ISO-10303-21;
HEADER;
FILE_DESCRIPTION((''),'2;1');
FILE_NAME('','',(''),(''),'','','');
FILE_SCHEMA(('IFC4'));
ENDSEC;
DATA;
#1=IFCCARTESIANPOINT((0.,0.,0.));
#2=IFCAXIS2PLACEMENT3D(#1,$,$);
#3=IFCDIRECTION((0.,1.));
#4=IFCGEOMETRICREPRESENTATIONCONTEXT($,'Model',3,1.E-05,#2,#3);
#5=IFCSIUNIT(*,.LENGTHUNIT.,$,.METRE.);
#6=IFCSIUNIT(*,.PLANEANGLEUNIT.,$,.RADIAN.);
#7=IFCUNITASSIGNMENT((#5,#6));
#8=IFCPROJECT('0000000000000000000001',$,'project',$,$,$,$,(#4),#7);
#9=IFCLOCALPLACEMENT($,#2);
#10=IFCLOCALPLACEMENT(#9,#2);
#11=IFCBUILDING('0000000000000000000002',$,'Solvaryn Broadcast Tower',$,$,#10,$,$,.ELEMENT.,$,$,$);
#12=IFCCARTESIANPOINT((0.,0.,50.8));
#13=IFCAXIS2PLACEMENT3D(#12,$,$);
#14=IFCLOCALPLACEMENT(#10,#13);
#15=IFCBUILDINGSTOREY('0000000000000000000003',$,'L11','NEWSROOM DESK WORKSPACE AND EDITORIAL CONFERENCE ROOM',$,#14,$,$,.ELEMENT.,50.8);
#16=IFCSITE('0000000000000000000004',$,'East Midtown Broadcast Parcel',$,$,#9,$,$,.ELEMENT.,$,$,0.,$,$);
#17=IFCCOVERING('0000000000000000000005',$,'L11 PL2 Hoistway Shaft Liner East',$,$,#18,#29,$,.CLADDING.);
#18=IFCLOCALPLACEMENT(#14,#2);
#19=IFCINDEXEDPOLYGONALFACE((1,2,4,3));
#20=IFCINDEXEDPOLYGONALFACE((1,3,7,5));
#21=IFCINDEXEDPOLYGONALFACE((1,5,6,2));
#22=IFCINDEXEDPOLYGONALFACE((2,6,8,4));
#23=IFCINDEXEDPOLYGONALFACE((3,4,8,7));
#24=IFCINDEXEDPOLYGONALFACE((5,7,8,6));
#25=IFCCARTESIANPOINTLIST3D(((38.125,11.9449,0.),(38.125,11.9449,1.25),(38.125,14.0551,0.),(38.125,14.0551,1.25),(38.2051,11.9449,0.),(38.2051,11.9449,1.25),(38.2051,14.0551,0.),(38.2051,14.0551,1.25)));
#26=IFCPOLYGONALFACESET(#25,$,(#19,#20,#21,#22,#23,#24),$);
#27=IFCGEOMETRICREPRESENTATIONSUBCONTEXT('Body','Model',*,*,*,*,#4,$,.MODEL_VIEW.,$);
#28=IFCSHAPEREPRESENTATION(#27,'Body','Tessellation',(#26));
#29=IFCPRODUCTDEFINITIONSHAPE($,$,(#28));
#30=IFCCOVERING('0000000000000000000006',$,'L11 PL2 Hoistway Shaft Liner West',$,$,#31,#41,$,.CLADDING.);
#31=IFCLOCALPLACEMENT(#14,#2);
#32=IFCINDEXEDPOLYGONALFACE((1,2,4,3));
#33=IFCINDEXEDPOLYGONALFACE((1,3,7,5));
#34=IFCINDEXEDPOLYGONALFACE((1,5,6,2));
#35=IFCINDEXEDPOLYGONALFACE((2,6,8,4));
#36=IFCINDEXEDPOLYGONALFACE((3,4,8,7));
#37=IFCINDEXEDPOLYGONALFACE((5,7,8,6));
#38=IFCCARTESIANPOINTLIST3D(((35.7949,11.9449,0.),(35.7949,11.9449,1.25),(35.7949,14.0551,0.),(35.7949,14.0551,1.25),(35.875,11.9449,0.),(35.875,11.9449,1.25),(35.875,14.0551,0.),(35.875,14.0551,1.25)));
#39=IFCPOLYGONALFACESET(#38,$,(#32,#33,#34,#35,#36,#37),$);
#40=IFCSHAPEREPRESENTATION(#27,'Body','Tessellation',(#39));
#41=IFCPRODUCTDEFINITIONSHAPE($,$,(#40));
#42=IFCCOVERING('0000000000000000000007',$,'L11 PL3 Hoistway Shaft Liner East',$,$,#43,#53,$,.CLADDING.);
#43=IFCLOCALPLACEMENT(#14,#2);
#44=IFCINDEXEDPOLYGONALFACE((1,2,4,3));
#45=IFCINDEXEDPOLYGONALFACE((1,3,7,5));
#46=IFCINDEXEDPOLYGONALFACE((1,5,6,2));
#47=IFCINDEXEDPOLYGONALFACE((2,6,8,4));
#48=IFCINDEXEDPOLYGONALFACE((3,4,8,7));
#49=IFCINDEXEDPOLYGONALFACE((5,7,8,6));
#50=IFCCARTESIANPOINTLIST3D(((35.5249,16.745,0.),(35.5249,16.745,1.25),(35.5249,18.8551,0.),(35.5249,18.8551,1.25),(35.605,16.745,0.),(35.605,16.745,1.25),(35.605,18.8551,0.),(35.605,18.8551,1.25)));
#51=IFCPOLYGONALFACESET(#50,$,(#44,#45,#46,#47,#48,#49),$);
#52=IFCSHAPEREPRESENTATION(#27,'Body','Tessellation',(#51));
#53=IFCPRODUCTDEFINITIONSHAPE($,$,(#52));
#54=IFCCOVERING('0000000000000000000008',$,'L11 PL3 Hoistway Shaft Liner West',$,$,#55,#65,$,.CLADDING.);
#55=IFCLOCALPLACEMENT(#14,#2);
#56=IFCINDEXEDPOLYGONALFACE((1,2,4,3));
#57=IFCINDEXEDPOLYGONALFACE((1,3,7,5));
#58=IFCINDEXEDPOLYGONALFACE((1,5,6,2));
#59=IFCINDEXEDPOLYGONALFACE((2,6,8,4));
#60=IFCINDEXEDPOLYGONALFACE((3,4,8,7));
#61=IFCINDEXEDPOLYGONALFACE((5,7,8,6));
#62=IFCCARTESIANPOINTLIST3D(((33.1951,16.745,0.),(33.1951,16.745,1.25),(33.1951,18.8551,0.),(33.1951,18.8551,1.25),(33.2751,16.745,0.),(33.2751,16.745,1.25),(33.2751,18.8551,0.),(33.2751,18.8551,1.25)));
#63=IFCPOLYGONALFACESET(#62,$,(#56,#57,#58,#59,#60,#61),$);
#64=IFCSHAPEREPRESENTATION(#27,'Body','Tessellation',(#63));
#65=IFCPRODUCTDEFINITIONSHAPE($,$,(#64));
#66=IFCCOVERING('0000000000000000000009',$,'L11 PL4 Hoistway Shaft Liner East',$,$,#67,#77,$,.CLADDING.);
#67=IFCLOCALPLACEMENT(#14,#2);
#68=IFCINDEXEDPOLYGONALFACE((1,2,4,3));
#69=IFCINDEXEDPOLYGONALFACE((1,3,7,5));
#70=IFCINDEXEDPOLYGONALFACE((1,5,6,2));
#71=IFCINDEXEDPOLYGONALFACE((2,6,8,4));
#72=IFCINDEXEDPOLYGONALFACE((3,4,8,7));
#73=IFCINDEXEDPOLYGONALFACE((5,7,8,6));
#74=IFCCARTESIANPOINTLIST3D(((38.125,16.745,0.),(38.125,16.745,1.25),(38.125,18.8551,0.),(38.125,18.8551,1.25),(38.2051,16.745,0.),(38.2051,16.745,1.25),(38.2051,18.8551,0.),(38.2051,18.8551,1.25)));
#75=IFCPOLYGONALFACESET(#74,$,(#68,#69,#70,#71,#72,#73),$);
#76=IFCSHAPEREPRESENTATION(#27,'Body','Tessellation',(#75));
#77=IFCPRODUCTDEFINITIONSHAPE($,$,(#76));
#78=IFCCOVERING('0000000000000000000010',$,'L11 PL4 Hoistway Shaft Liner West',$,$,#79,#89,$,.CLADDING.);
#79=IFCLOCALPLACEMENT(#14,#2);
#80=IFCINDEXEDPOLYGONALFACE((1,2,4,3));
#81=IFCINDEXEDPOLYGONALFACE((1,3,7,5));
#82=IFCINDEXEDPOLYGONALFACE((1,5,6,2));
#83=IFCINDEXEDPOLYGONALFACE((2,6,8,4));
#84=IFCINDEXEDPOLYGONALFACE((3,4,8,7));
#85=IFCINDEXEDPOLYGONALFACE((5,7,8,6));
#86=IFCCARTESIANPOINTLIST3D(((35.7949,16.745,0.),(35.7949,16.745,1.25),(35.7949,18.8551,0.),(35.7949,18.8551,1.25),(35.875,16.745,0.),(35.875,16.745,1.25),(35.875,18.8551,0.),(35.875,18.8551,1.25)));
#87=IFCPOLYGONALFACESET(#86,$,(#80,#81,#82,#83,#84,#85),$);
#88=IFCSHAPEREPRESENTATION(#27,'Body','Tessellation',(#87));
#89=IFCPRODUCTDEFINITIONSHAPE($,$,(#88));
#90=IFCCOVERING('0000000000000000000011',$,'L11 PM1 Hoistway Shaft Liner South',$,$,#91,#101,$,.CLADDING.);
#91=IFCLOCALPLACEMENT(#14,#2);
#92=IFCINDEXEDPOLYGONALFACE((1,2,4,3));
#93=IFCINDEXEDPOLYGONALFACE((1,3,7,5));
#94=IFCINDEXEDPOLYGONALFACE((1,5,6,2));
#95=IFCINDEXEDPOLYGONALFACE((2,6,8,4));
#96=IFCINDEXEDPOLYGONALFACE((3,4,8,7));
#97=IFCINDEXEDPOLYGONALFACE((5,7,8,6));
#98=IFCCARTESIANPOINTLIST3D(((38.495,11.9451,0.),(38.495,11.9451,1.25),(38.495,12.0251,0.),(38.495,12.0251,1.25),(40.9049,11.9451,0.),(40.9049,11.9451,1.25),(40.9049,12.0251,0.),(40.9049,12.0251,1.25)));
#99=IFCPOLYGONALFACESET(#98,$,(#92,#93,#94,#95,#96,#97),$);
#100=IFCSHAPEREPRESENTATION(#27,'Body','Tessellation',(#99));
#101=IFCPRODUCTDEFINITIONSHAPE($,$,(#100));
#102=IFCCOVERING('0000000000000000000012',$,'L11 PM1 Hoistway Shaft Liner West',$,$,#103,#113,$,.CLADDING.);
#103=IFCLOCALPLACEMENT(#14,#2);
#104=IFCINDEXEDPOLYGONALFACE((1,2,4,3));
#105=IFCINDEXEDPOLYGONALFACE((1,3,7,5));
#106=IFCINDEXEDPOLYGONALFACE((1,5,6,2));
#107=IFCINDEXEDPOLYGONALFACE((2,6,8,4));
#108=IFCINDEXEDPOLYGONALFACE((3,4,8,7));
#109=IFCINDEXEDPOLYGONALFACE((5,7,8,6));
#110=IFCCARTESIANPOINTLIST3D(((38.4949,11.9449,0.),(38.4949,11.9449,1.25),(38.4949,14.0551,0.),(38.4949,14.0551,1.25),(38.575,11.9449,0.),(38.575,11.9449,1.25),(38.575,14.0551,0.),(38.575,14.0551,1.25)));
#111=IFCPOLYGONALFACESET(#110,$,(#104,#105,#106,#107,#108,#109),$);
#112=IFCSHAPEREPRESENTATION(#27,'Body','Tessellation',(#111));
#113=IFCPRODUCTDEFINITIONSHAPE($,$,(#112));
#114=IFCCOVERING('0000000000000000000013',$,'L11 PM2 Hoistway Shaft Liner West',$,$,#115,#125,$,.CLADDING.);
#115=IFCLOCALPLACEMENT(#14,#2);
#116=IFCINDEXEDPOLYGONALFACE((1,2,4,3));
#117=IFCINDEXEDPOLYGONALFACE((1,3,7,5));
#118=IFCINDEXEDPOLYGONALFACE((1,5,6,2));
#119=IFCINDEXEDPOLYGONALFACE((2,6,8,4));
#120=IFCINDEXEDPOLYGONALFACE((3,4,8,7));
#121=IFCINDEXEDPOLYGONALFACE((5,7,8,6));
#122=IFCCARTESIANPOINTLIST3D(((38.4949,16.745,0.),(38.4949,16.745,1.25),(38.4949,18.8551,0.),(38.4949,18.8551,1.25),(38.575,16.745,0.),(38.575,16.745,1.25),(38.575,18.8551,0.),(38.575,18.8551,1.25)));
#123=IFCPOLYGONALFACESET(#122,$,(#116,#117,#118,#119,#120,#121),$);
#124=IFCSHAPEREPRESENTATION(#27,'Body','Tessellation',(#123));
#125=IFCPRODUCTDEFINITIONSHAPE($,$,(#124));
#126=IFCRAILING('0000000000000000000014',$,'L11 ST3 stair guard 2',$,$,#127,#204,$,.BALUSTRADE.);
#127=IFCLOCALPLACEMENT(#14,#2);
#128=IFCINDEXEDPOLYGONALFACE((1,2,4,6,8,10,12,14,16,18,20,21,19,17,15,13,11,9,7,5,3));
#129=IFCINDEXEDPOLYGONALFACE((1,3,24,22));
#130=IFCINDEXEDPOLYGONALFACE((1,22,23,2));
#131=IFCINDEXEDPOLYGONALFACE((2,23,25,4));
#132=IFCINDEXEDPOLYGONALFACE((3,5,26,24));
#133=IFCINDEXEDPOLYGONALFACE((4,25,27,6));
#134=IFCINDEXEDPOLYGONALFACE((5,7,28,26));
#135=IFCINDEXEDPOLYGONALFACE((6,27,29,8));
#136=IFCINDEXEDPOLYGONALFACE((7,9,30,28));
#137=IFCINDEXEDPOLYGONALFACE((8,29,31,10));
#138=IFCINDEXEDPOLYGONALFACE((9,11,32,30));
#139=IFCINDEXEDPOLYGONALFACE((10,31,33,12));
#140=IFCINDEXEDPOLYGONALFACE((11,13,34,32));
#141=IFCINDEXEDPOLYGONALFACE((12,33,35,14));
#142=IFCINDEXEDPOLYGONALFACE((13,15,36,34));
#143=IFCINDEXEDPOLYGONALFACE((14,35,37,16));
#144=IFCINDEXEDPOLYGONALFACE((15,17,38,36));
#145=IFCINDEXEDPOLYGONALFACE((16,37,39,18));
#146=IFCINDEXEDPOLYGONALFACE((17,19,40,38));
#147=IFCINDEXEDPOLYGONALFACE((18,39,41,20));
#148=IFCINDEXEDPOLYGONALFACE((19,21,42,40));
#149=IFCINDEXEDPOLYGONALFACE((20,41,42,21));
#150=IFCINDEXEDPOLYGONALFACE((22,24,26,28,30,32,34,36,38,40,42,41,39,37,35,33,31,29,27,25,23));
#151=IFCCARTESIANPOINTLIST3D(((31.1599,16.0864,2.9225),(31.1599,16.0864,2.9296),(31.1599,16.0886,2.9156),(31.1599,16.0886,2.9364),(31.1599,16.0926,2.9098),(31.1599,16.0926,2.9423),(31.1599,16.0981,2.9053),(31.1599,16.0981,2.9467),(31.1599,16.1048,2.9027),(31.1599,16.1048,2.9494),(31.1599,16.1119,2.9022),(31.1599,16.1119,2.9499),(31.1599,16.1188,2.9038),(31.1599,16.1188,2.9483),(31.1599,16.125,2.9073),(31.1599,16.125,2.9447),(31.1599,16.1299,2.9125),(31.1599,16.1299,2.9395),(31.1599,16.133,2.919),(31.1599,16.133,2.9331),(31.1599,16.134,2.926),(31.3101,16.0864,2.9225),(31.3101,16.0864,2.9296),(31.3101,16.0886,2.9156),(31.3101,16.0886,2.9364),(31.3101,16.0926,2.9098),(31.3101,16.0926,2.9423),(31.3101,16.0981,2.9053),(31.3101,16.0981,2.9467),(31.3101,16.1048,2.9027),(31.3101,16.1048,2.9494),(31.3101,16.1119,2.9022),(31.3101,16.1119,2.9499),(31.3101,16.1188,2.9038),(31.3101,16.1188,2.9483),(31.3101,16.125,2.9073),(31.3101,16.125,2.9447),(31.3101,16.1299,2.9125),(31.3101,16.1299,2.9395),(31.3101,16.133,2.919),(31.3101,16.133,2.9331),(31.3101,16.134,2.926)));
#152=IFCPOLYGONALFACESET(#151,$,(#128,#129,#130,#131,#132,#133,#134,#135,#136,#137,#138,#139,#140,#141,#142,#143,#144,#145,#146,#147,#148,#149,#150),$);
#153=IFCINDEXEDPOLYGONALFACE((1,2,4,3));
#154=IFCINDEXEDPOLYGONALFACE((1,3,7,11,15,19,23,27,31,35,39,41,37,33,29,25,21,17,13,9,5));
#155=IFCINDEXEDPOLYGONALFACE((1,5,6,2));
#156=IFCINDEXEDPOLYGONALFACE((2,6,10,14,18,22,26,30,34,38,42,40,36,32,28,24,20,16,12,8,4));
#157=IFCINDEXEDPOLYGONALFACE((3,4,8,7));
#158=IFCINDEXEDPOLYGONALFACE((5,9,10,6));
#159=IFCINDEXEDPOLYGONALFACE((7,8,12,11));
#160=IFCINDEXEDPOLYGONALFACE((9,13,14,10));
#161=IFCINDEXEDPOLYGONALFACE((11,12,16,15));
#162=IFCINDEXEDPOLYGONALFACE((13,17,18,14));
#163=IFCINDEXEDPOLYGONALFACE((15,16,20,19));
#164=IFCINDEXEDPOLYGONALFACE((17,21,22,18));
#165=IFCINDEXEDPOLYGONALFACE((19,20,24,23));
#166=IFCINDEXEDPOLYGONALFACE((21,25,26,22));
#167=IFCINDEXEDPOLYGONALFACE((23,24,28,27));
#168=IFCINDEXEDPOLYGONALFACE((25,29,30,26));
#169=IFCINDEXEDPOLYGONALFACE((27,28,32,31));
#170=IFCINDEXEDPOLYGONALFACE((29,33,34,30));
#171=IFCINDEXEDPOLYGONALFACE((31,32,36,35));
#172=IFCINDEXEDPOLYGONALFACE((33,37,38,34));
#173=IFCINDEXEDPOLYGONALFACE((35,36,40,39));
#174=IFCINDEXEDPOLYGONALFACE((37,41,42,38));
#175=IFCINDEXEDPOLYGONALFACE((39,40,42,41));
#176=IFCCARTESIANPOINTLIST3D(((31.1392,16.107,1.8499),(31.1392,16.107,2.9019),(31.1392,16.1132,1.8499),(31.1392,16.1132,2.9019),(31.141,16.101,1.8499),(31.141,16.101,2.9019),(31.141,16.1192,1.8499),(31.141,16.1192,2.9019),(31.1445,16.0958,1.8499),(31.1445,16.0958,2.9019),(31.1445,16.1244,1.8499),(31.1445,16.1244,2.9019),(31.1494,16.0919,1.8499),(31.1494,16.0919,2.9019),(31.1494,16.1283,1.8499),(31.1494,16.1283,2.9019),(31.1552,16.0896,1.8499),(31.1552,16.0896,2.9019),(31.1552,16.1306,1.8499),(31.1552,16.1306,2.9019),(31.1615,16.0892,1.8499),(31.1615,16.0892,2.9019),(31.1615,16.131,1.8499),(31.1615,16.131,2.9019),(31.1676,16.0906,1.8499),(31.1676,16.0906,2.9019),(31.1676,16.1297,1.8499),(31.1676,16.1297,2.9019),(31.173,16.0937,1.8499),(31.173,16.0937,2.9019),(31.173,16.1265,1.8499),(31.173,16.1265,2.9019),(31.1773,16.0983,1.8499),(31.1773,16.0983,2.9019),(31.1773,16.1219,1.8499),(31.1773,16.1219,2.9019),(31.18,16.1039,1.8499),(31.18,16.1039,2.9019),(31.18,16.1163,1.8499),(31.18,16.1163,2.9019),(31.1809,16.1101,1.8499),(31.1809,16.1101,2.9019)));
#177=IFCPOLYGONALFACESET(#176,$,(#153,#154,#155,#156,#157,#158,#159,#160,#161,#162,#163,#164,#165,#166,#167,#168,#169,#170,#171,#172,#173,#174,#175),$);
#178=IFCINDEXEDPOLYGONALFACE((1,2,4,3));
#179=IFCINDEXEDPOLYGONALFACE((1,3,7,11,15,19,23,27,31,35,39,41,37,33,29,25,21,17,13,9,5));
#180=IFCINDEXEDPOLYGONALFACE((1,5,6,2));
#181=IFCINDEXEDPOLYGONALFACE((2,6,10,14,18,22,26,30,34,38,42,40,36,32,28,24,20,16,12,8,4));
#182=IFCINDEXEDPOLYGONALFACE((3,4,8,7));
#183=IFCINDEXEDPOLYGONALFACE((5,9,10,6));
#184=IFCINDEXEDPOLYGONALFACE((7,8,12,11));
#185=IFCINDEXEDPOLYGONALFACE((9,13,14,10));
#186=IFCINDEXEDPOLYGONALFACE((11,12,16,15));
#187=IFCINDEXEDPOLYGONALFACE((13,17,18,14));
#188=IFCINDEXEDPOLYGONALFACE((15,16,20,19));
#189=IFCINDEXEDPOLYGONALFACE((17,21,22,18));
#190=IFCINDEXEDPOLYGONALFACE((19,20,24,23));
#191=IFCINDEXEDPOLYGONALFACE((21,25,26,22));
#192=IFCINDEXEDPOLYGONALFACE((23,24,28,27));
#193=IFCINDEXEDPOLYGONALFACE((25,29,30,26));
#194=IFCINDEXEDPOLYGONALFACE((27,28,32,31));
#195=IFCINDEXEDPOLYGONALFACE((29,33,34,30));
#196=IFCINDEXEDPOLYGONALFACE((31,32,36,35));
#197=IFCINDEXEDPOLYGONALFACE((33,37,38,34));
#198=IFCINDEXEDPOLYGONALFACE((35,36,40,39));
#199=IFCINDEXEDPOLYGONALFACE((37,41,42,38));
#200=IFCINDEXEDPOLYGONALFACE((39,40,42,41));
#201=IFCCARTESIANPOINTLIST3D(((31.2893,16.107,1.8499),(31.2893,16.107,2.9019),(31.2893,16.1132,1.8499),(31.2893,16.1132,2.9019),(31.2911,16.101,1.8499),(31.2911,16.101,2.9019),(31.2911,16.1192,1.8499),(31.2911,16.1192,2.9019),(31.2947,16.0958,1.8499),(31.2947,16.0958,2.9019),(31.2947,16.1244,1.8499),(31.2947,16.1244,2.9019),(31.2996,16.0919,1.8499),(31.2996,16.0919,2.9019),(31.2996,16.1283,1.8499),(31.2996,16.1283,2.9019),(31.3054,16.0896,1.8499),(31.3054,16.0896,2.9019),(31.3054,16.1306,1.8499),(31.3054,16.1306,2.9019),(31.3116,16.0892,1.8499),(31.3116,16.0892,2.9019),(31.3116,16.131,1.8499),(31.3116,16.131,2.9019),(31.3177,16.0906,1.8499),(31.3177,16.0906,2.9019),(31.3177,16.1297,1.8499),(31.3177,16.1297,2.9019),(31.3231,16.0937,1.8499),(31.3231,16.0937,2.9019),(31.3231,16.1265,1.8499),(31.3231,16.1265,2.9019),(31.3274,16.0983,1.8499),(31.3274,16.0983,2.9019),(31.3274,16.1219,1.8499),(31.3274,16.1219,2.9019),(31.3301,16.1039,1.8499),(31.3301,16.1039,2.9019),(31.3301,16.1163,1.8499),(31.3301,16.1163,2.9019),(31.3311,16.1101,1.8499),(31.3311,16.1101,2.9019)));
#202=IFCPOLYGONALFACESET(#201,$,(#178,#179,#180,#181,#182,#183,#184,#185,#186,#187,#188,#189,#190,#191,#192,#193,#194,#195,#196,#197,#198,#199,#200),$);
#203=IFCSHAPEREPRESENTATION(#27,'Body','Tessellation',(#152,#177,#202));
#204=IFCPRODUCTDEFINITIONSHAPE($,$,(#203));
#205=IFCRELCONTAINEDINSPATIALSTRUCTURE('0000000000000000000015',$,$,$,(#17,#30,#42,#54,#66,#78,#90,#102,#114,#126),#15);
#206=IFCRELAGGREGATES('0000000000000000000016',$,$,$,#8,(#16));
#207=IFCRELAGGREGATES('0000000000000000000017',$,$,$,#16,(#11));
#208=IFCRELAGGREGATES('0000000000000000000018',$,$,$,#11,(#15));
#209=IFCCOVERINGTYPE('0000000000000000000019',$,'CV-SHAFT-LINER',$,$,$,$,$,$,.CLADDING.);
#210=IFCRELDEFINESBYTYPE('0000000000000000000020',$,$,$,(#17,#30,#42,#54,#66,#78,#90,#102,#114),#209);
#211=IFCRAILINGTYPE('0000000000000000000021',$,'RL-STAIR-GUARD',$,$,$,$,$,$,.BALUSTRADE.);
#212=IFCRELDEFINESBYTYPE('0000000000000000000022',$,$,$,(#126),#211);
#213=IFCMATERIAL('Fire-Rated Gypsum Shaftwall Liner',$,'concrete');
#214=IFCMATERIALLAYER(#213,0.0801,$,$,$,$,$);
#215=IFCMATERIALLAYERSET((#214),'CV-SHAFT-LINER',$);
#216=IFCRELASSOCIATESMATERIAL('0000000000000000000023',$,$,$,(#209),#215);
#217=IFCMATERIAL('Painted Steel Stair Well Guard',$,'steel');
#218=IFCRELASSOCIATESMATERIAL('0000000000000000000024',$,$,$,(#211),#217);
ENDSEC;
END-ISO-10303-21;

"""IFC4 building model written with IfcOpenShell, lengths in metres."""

from ifc_helpers import new_model, si_unit, direction, frame, origin, origin_2d, place, context, subcontext, project, spatial, rectangle, circle, extrude, material, layer, layer_set, type_object, element, save


model = new_model("IFC4")

# Units and contexts
model_context = context("Model", 3, precision=1e-05, world=origin(), true_north=direction((0.0, 1.0)))
body_context = subcontext(model_context, "Body", "Model", "MODEL_VIEW")
ifc_project = project(units=[si_unit("LENGTHUNIT", "METRE"), si_unit("PLANEANGLEUNIT", "RADIAN")], contexts=[model_context])

# Site, building, storey
site_placement = place(None, origin())
site = spatial("IfcSite", under=ifc_project, at=site_placement, Name="East Midtown Broadcast Parcel", CompositionType="ELEMENT", RefElevation=0.0)
building_placement = place(site_placement, origin())
building = spatial("IfcBuilding", under=site, at=building_placement, Name="Solvaryn Broadcast Tower", CompositionType="ELEMENT")
storey_placement = place(building_placement, frame((0.0, 0.0, 50.8)))
storey = spatial("IfcBuildingStorey", under=building, at=storey_placement, Name="L11", Description="NEWSROOM DESK WORKSPACE AND EDITORIAL CONFERENCE ROOM", CompositionType="ELEMENT", Elevation=50.8)

# Coverings
ifc_material_1 = material(Name="Fire-Rated Gypsum Shaftwall Liner", Category="concrete")
ifc_layer_1 = layer(ifc_material_1, 0.0801)
ifc_layer_set_1 = layer_set([ifc_layer_1], Name="CV-SHAFT-LINER")
covering_type = type_object("IfcCoveringType", Name="CV-SHAFT-LINER", PredefinedType="CLADDING", material=ifc_layer_set_1)
for number, where, z_axis, x_axis, name in (
    (1, (38.165, 13.0, 0.0), (0.0, 0.0, 1.0), (1.0, 0.0, 0.0), "L11 PL2 Hoistway Shaft Liner East"),
    (2, (35.835, 13.0, 0.0), (0.0, 0.0, 1.0), (1.0, 0.0, 0.0), "L11 PL2 Hoistway Shaft Liner West"),
    (3, (35.5649, 17.8, 0.0), (0.0, 0.0, 1.0), (1.0, 0.0, 0.0), "L11 PL3 Hoistway Shaft Liner East"),
    (4, (33.2351, 17.8, 0.0), (0.0, 0.0, 1.0), (1.0, 0.0, 0.0), "L11 PL3 Hoistway Shaft Liner West"),
    (5, (38.165, 17.8, 0.0), (0.0, 0.0, 1.0), (1.0, 0.0, 0.0), "L11 PL4 Hoistway Shaft Liner East"),
    (6, (35.835, 17.8, 0.0), (0.0, 0.0, 1.0), (1.0, 0.0, 0.0), "L11 PL4 Hoistway Shaft Liner West"),
):
    element("IfcCovering", number, at=place(storey_placement, frame(where, z_axis=z_axis, x_axis=x_axis)), inside=storey, type_object=covering_type, Name=name, PredefinedType="CLADDING", context=body_context, shape_type="SweptSolid", body=[
        extrude(rectangle(XDim=0.0801, YDim=2.1101, at=origin_2d()), origin(), (0.0, 0.0, 1.0), 1.25),
    ])
covering_1_placement = place(storey_placement, frame((39.7, 11.9851, 0.0), z_axis=(0.0, 0.0, 1.0), x_axis=(1.0, 0.0, 0.0)))
element("IfcCovering", 7, at=covering_1_placement, inside=storey, type_object=covering_type, Name="L11 PM1 Hoistway Shaft Liner South", PredefinedType="CLADDING", context=body_context, shape_type="SweptSolid", body=[
    extrude(rectangle(XDim=2.4099, YDim=0.0801, at=origin_2d()), origin(), (0.0, 0.0, 1.0), 1.25),
])
for number, where, z_axis, x_axis, name in (
    (8, (38.5349, 13.0, 0.0), (0.0, 0.0, 1.0), (1.0, 0.0, 0.0), "L11 PM1 Hoistway Shaft Liner West"),
    (9, (38.5349, 17.8, 0.0), (0.0, 0.0, 1.0), (1.0, 0.0, 0.0), "L11 PM2 Hoistway Shaft Liner West"),
):
    element("IfcCovering", number, at=place(storey_placement, frame(where, z_axis=z_axis, x_axis=x_axis)), inside=storey, type_object=covering_type, Name=name, PredefinedType="CLADDING", context=body_context, shape_type="SweptSolid", body=[
        extrude(rectangle(XDim=0.0801, YDim=2.1101, at=origin_2d()), origin(), (0.0, 0.0, 1.0), 1.25),
    ])

# Railing
ifc_material_2 = material(Name="Painted Steel Stair Well Guard", Category="steel")
railing_type_1 = type_object("IfcRailingType", Name="RL-STAIR-GUARD", PredefinedType="BALUSTRADE", material=ifc_material_2)
railing_1_placement = place(storey_placement, frame((31.1599, 16.1101, 1.8499)))
element("IfcRailing", 10, at=railing_1_placement, inside=storey, type_object=railing_type_1, Name="L11 ST3 stair guard 2", PredefinedType="BALUSTRADE", context=body_context, shape_type="SweptSolid", body=[
    extrude(circle(Radius=0.0239, at=origin_2d()), frame((0.0, 0.0, 1.0762), z_axis=(1.0, 0.0, 0.0), x_axis=(0.0, 1.0, 0.0)), (0.0, 0.0, 1.0), 0.1501),
    extrude(circle(Radius=0.021, at=origin_2d()), origin(), (0.0, 0.0, 1.0), 1.052),
    extrude(circle(Radius=0.021, at=origin_2d()), frame((0.1501, 0.0, 0.0)), (0.0, 0.0, 1.0), 1.052),
])

save(model, "model.ifc")
